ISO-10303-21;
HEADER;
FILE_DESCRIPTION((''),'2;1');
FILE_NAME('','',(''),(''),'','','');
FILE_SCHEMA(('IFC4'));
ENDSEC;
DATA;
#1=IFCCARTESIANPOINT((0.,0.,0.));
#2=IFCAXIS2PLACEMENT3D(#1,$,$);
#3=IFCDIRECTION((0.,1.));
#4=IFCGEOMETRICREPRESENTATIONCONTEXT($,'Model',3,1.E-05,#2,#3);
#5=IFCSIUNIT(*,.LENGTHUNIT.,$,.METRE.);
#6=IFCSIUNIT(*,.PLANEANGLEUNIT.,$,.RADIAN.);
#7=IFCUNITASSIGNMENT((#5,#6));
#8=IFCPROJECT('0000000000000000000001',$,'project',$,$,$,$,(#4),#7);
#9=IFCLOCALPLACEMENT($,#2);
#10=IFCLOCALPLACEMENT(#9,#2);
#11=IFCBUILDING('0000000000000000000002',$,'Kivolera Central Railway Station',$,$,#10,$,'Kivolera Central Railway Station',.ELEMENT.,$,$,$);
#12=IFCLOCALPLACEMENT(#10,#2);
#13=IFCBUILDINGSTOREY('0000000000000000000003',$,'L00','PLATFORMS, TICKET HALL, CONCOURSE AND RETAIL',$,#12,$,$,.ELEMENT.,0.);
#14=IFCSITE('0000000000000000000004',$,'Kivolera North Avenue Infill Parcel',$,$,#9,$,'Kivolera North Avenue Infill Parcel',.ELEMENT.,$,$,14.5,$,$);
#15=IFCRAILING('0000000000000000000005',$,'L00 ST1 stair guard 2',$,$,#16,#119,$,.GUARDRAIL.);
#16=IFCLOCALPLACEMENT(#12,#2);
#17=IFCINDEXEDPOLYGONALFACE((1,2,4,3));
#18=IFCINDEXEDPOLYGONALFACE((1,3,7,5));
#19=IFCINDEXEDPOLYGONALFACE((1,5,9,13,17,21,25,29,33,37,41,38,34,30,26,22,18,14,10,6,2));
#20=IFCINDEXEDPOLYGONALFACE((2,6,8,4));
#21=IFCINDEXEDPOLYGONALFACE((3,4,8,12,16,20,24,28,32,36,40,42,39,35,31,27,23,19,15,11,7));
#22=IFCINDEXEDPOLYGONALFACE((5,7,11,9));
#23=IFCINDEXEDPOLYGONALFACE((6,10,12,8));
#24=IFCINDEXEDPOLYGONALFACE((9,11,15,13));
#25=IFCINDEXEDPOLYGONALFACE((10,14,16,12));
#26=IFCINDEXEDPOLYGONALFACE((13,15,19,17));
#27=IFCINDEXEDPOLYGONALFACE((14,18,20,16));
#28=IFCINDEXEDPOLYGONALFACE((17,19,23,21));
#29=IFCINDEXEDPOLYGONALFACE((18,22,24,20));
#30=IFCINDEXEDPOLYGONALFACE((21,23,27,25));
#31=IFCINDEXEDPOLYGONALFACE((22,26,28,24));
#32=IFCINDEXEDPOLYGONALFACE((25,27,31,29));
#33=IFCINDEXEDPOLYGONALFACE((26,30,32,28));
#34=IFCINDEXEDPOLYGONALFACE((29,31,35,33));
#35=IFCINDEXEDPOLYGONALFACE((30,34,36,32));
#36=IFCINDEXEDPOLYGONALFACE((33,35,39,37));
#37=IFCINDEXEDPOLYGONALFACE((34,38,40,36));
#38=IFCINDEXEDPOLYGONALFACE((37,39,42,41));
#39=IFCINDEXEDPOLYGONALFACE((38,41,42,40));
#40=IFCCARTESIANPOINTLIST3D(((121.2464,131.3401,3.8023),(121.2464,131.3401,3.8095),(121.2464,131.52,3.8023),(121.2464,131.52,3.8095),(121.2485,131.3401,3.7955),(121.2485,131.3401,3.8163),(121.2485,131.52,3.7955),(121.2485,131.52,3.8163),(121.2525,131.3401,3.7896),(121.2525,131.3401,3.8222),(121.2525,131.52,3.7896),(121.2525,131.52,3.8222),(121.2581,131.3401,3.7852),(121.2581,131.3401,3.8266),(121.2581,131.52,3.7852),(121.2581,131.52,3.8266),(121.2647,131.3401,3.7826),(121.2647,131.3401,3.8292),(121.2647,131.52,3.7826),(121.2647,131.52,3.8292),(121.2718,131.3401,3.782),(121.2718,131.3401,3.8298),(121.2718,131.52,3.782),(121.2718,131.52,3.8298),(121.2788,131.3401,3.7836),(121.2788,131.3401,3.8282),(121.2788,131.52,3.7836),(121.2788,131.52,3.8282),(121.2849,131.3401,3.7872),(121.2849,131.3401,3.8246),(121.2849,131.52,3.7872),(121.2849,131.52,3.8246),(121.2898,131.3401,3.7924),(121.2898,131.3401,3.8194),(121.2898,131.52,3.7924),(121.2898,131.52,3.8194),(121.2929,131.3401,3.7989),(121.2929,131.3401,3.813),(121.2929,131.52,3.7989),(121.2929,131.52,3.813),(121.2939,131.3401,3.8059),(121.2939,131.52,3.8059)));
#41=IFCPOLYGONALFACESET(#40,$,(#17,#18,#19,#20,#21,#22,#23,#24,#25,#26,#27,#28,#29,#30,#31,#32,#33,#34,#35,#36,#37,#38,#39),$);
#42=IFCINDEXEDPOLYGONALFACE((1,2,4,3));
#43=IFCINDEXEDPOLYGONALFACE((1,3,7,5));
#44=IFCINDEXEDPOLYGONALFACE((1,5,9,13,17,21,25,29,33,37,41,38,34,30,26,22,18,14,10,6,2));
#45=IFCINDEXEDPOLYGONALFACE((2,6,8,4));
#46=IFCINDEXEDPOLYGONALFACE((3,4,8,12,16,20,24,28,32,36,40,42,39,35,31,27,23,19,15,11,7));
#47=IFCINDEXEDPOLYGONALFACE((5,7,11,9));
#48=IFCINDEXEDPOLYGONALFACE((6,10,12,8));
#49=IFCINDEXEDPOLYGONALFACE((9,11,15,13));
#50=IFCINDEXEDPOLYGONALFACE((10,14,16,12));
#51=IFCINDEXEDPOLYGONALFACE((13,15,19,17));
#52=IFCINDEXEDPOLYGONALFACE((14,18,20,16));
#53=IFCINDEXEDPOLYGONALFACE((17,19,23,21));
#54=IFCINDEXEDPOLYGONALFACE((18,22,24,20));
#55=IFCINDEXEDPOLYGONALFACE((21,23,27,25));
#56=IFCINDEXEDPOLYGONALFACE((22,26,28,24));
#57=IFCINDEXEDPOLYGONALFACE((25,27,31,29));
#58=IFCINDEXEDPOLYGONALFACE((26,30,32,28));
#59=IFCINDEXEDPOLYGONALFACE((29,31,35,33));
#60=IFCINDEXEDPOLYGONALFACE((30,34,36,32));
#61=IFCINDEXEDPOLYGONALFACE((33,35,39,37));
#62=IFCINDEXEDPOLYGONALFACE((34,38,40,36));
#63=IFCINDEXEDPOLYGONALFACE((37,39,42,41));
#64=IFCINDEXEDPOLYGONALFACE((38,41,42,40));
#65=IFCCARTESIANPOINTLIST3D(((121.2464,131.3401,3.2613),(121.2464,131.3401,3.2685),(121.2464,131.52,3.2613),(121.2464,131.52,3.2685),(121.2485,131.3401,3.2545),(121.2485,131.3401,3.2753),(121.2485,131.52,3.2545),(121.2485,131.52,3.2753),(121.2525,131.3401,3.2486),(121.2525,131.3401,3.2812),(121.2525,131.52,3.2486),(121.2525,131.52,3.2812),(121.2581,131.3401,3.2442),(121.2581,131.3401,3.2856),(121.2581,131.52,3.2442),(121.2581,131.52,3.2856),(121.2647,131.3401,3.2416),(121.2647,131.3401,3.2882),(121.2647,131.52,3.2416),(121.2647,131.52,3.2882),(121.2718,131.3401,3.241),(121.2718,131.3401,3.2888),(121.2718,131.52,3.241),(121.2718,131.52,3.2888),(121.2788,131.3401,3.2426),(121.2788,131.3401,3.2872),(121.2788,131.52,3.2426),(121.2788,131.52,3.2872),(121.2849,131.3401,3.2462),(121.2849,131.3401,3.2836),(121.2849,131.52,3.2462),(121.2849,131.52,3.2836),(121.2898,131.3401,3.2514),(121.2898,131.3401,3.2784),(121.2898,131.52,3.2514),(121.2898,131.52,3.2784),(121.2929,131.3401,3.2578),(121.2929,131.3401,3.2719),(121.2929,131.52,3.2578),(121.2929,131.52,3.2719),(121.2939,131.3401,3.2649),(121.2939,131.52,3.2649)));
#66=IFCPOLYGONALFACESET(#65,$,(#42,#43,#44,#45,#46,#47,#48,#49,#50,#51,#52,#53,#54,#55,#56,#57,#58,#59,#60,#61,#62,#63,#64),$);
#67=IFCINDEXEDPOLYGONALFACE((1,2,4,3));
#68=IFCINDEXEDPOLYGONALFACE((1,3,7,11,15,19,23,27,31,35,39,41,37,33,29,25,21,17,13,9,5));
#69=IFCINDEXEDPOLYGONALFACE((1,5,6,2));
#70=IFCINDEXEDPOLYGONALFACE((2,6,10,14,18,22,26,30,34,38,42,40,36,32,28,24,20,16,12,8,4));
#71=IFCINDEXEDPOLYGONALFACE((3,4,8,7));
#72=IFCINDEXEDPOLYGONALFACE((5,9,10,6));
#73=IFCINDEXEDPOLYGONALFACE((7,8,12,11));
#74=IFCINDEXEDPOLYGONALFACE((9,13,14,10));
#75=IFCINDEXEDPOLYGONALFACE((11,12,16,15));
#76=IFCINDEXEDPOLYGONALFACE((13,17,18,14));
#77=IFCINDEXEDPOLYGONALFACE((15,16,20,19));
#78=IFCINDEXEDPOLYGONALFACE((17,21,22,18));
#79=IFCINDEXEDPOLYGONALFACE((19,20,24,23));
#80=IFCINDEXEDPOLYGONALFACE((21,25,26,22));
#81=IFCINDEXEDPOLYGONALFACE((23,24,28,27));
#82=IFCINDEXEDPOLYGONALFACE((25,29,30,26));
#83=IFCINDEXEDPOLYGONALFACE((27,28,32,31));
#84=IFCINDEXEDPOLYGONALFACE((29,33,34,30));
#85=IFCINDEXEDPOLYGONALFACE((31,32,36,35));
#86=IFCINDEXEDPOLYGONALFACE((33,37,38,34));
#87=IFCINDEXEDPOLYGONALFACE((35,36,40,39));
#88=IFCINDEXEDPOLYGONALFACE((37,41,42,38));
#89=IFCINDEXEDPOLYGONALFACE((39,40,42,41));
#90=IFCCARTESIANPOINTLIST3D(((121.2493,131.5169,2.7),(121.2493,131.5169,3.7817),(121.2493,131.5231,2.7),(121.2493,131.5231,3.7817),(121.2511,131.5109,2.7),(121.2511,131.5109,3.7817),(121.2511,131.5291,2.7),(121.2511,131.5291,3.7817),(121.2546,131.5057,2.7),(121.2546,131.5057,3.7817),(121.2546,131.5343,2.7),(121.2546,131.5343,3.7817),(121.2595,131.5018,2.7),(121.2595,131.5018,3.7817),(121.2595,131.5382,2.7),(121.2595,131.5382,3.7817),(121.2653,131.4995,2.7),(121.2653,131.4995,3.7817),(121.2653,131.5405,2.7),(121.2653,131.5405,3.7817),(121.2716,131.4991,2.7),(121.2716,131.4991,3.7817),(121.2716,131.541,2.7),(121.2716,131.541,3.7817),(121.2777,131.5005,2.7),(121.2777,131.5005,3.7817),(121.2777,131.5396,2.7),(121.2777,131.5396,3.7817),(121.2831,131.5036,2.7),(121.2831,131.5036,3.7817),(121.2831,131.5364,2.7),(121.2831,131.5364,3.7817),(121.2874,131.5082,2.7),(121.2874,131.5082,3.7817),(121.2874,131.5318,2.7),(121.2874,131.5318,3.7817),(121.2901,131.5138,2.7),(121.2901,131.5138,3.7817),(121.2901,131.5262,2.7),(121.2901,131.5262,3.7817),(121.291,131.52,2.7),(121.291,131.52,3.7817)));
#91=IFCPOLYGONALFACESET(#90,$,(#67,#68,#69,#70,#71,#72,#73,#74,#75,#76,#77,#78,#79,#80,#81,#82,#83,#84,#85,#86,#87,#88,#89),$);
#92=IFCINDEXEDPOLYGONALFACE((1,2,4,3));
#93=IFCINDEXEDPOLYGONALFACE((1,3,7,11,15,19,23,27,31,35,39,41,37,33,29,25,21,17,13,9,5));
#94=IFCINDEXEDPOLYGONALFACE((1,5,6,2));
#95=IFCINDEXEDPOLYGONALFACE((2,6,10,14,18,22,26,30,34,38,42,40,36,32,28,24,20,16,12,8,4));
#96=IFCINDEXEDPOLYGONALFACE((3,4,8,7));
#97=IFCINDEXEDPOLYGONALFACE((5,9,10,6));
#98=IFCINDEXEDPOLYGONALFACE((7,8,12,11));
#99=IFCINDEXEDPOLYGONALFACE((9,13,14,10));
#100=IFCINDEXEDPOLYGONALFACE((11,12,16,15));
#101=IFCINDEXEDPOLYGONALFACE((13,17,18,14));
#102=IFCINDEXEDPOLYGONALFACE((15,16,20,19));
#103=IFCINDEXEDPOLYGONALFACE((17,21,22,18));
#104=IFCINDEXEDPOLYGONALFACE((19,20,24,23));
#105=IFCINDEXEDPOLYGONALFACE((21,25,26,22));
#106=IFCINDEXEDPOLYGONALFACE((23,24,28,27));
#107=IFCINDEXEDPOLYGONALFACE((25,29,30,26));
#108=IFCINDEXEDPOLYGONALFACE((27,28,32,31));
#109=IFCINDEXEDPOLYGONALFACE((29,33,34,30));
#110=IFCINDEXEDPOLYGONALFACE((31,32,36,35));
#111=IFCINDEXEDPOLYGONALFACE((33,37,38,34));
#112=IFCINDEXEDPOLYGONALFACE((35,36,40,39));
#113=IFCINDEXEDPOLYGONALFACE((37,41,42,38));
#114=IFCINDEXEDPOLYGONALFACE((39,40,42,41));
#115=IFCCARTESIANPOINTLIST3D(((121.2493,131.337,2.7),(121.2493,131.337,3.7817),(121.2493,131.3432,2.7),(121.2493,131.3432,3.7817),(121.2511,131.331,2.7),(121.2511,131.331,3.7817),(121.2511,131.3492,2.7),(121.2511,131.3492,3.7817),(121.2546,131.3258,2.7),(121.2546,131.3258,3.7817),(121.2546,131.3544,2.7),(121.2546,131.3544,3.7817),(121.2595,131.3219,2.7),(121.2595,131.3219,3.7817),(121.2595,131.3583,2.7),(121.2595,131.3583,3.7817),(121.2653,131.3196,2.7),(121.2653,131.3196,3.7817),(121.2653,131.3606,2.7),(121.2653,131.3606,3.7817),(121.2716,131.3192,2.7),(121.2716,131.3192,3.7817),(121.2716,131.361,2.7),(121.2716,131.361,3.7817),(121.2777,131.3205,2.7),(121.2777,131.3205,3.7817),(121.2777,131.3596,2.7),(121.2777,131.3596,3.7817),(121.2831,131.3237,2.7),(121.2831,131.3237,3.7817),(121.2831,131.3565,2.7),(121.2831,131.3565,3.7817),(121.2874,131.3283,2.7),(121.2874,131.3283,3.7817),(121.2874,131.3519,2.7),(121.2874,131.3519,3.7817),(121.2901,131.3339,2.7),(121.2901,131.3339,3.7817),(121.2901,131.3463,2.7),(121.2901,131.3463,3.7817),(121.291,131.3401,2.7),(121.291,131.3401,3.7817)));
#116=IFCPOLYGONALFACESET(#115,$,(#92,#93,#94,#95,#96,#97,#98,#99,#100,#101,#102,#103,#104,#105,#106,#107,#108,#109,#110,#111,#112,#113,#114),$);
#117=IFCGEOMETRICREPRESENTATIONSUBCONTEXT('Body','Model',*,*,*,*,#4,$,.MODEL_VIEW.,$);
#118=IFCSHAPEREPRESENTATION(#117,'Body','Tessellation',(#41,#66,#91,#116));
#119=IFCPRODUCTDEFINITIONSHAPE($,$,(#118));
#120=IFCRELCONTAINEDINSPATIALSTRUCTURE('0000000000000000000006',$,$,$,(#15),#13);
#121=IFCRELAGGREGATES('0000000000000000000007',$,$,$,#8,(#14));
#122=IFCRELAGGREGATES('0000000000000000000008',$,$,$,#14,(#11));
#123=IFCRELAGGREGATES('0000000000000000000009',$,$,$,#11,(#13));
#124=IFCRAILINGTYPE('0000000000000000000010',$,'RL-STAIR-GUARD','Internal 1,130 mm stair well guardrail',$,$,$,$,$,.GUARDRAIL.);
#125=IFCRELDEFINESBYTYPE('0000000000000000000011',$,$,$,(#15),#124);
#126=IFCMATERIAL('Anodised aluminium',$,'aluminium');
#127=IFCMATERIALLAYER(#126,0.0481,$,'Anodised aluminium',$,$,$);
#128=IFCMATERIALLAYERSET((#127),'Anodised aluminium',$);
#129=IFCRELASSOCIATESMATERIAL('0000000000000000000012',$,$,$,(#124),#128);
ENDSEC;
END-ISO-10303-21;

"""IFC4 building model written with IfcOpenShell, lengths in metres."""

from ifc_helpers import new_model, si_unit, direction, frame, origin, origin_2d, place, context, subcontext, project, spatial, circle, extrude, material, layer, layer_set, type_object, element, save


model = new_model("IFC4")

# Units and contexts
model_context = context("Model", 3, precision=1e-05, world=origin(), true_north=direction((0.0, 1.0)))
body_context = subcontext(model_context, "Body", "Model", "MODEL_VIEW")
ifc_project = project(units=[si_unit("LENGTHUNIT", "METRE"), si_unit("PLANEANGLEUNIT", "RADIAN")], contexts=[model_context])

# Site, building, storey
site_placement = place(None, origin())
site = spatial("IfcSite", under=ifc_project, at=site_placement, Name="Kivolera North Avenue Infill Parcel", LongName="Kivolera North Avenue Infill Parcel", CompositionType="ELEMENT", RefElevation=14.5)
building_placement = place(site_placement, origin())
building = spatial("IfcBuilding", under=site, at=building_placement, Name="Kivolera Central Railway Station", LongName="Kivolera Central Railway Station", CompositionType="ELEMENT")
storey_placement = place(building_placement, origin())
storey = spatial("IfcBuildingStorey", under=building, at=storey_placement, Name="L00", Description="PLATFORMS, TICKET HALL, CONCOURSE AND RETAIL", CompositionType="ELEMENT", Elevation=0.0)

# Shared definitions
ifc_material_1 = material(Name="Anodised aluminium", Category="aluminium")

# Railing
ifc_layer_1 = layer(ifc_material_1, 0.0481, Name="Anodised aluminium")
ifc_layer_set_1 = layer_set([ifc_layer_1], Name="Anodised aluminium")
railing_type_1 = type_object("IfcRailingType", Name="RL-STAIR-GUARD", Description="Internal 1,130 mm stair well guardrail", PredefinedType="GUARDRAIL", material=ifc_layer_set_1)
railing_1_placement = place(storey_placement, frame((121.27, 131.52, 2.7)))
element("IfcRailing", 1, at=railing_1_placement, inside=storey, type_object=railing_type_1, Name="L00 ST1 stair guard 2", PredefinedType="GUARDRAIL", context=body_context, shape_type="SweptSolid", body=[
    extrude(circle(Radius=0.0239, at=origin_2d()), frame((0.0, 0.0, 1.106), z_axis=(0.0, -1.0, 0.0), x_axis=(1.0, 0.0, 0.0)), (0.0, 0.0, 1.0), 0.1799),
    extrude(circle(Radius=0.0239, at=origin_2d()), frame((0.0, 0.0, 0.5649), z_axis=(0.0, -1.0, 0.0), x_axis=(1.0, 0.0, 0.0)), (0.0, 0.0, 1.0), 0.1799),
    extrude(circle(Radius=0.021, at=origin_2d()), origin(), (0.0, 0.0, 1.0), 1.0818),
    extrude(circle(Radius=0.021, at=origin_2d()), frame((0.0, -0.1799, 0.0)), (0.0, 0.0, 1.0), 1.0818),
])

save(model, "model.ifc")
